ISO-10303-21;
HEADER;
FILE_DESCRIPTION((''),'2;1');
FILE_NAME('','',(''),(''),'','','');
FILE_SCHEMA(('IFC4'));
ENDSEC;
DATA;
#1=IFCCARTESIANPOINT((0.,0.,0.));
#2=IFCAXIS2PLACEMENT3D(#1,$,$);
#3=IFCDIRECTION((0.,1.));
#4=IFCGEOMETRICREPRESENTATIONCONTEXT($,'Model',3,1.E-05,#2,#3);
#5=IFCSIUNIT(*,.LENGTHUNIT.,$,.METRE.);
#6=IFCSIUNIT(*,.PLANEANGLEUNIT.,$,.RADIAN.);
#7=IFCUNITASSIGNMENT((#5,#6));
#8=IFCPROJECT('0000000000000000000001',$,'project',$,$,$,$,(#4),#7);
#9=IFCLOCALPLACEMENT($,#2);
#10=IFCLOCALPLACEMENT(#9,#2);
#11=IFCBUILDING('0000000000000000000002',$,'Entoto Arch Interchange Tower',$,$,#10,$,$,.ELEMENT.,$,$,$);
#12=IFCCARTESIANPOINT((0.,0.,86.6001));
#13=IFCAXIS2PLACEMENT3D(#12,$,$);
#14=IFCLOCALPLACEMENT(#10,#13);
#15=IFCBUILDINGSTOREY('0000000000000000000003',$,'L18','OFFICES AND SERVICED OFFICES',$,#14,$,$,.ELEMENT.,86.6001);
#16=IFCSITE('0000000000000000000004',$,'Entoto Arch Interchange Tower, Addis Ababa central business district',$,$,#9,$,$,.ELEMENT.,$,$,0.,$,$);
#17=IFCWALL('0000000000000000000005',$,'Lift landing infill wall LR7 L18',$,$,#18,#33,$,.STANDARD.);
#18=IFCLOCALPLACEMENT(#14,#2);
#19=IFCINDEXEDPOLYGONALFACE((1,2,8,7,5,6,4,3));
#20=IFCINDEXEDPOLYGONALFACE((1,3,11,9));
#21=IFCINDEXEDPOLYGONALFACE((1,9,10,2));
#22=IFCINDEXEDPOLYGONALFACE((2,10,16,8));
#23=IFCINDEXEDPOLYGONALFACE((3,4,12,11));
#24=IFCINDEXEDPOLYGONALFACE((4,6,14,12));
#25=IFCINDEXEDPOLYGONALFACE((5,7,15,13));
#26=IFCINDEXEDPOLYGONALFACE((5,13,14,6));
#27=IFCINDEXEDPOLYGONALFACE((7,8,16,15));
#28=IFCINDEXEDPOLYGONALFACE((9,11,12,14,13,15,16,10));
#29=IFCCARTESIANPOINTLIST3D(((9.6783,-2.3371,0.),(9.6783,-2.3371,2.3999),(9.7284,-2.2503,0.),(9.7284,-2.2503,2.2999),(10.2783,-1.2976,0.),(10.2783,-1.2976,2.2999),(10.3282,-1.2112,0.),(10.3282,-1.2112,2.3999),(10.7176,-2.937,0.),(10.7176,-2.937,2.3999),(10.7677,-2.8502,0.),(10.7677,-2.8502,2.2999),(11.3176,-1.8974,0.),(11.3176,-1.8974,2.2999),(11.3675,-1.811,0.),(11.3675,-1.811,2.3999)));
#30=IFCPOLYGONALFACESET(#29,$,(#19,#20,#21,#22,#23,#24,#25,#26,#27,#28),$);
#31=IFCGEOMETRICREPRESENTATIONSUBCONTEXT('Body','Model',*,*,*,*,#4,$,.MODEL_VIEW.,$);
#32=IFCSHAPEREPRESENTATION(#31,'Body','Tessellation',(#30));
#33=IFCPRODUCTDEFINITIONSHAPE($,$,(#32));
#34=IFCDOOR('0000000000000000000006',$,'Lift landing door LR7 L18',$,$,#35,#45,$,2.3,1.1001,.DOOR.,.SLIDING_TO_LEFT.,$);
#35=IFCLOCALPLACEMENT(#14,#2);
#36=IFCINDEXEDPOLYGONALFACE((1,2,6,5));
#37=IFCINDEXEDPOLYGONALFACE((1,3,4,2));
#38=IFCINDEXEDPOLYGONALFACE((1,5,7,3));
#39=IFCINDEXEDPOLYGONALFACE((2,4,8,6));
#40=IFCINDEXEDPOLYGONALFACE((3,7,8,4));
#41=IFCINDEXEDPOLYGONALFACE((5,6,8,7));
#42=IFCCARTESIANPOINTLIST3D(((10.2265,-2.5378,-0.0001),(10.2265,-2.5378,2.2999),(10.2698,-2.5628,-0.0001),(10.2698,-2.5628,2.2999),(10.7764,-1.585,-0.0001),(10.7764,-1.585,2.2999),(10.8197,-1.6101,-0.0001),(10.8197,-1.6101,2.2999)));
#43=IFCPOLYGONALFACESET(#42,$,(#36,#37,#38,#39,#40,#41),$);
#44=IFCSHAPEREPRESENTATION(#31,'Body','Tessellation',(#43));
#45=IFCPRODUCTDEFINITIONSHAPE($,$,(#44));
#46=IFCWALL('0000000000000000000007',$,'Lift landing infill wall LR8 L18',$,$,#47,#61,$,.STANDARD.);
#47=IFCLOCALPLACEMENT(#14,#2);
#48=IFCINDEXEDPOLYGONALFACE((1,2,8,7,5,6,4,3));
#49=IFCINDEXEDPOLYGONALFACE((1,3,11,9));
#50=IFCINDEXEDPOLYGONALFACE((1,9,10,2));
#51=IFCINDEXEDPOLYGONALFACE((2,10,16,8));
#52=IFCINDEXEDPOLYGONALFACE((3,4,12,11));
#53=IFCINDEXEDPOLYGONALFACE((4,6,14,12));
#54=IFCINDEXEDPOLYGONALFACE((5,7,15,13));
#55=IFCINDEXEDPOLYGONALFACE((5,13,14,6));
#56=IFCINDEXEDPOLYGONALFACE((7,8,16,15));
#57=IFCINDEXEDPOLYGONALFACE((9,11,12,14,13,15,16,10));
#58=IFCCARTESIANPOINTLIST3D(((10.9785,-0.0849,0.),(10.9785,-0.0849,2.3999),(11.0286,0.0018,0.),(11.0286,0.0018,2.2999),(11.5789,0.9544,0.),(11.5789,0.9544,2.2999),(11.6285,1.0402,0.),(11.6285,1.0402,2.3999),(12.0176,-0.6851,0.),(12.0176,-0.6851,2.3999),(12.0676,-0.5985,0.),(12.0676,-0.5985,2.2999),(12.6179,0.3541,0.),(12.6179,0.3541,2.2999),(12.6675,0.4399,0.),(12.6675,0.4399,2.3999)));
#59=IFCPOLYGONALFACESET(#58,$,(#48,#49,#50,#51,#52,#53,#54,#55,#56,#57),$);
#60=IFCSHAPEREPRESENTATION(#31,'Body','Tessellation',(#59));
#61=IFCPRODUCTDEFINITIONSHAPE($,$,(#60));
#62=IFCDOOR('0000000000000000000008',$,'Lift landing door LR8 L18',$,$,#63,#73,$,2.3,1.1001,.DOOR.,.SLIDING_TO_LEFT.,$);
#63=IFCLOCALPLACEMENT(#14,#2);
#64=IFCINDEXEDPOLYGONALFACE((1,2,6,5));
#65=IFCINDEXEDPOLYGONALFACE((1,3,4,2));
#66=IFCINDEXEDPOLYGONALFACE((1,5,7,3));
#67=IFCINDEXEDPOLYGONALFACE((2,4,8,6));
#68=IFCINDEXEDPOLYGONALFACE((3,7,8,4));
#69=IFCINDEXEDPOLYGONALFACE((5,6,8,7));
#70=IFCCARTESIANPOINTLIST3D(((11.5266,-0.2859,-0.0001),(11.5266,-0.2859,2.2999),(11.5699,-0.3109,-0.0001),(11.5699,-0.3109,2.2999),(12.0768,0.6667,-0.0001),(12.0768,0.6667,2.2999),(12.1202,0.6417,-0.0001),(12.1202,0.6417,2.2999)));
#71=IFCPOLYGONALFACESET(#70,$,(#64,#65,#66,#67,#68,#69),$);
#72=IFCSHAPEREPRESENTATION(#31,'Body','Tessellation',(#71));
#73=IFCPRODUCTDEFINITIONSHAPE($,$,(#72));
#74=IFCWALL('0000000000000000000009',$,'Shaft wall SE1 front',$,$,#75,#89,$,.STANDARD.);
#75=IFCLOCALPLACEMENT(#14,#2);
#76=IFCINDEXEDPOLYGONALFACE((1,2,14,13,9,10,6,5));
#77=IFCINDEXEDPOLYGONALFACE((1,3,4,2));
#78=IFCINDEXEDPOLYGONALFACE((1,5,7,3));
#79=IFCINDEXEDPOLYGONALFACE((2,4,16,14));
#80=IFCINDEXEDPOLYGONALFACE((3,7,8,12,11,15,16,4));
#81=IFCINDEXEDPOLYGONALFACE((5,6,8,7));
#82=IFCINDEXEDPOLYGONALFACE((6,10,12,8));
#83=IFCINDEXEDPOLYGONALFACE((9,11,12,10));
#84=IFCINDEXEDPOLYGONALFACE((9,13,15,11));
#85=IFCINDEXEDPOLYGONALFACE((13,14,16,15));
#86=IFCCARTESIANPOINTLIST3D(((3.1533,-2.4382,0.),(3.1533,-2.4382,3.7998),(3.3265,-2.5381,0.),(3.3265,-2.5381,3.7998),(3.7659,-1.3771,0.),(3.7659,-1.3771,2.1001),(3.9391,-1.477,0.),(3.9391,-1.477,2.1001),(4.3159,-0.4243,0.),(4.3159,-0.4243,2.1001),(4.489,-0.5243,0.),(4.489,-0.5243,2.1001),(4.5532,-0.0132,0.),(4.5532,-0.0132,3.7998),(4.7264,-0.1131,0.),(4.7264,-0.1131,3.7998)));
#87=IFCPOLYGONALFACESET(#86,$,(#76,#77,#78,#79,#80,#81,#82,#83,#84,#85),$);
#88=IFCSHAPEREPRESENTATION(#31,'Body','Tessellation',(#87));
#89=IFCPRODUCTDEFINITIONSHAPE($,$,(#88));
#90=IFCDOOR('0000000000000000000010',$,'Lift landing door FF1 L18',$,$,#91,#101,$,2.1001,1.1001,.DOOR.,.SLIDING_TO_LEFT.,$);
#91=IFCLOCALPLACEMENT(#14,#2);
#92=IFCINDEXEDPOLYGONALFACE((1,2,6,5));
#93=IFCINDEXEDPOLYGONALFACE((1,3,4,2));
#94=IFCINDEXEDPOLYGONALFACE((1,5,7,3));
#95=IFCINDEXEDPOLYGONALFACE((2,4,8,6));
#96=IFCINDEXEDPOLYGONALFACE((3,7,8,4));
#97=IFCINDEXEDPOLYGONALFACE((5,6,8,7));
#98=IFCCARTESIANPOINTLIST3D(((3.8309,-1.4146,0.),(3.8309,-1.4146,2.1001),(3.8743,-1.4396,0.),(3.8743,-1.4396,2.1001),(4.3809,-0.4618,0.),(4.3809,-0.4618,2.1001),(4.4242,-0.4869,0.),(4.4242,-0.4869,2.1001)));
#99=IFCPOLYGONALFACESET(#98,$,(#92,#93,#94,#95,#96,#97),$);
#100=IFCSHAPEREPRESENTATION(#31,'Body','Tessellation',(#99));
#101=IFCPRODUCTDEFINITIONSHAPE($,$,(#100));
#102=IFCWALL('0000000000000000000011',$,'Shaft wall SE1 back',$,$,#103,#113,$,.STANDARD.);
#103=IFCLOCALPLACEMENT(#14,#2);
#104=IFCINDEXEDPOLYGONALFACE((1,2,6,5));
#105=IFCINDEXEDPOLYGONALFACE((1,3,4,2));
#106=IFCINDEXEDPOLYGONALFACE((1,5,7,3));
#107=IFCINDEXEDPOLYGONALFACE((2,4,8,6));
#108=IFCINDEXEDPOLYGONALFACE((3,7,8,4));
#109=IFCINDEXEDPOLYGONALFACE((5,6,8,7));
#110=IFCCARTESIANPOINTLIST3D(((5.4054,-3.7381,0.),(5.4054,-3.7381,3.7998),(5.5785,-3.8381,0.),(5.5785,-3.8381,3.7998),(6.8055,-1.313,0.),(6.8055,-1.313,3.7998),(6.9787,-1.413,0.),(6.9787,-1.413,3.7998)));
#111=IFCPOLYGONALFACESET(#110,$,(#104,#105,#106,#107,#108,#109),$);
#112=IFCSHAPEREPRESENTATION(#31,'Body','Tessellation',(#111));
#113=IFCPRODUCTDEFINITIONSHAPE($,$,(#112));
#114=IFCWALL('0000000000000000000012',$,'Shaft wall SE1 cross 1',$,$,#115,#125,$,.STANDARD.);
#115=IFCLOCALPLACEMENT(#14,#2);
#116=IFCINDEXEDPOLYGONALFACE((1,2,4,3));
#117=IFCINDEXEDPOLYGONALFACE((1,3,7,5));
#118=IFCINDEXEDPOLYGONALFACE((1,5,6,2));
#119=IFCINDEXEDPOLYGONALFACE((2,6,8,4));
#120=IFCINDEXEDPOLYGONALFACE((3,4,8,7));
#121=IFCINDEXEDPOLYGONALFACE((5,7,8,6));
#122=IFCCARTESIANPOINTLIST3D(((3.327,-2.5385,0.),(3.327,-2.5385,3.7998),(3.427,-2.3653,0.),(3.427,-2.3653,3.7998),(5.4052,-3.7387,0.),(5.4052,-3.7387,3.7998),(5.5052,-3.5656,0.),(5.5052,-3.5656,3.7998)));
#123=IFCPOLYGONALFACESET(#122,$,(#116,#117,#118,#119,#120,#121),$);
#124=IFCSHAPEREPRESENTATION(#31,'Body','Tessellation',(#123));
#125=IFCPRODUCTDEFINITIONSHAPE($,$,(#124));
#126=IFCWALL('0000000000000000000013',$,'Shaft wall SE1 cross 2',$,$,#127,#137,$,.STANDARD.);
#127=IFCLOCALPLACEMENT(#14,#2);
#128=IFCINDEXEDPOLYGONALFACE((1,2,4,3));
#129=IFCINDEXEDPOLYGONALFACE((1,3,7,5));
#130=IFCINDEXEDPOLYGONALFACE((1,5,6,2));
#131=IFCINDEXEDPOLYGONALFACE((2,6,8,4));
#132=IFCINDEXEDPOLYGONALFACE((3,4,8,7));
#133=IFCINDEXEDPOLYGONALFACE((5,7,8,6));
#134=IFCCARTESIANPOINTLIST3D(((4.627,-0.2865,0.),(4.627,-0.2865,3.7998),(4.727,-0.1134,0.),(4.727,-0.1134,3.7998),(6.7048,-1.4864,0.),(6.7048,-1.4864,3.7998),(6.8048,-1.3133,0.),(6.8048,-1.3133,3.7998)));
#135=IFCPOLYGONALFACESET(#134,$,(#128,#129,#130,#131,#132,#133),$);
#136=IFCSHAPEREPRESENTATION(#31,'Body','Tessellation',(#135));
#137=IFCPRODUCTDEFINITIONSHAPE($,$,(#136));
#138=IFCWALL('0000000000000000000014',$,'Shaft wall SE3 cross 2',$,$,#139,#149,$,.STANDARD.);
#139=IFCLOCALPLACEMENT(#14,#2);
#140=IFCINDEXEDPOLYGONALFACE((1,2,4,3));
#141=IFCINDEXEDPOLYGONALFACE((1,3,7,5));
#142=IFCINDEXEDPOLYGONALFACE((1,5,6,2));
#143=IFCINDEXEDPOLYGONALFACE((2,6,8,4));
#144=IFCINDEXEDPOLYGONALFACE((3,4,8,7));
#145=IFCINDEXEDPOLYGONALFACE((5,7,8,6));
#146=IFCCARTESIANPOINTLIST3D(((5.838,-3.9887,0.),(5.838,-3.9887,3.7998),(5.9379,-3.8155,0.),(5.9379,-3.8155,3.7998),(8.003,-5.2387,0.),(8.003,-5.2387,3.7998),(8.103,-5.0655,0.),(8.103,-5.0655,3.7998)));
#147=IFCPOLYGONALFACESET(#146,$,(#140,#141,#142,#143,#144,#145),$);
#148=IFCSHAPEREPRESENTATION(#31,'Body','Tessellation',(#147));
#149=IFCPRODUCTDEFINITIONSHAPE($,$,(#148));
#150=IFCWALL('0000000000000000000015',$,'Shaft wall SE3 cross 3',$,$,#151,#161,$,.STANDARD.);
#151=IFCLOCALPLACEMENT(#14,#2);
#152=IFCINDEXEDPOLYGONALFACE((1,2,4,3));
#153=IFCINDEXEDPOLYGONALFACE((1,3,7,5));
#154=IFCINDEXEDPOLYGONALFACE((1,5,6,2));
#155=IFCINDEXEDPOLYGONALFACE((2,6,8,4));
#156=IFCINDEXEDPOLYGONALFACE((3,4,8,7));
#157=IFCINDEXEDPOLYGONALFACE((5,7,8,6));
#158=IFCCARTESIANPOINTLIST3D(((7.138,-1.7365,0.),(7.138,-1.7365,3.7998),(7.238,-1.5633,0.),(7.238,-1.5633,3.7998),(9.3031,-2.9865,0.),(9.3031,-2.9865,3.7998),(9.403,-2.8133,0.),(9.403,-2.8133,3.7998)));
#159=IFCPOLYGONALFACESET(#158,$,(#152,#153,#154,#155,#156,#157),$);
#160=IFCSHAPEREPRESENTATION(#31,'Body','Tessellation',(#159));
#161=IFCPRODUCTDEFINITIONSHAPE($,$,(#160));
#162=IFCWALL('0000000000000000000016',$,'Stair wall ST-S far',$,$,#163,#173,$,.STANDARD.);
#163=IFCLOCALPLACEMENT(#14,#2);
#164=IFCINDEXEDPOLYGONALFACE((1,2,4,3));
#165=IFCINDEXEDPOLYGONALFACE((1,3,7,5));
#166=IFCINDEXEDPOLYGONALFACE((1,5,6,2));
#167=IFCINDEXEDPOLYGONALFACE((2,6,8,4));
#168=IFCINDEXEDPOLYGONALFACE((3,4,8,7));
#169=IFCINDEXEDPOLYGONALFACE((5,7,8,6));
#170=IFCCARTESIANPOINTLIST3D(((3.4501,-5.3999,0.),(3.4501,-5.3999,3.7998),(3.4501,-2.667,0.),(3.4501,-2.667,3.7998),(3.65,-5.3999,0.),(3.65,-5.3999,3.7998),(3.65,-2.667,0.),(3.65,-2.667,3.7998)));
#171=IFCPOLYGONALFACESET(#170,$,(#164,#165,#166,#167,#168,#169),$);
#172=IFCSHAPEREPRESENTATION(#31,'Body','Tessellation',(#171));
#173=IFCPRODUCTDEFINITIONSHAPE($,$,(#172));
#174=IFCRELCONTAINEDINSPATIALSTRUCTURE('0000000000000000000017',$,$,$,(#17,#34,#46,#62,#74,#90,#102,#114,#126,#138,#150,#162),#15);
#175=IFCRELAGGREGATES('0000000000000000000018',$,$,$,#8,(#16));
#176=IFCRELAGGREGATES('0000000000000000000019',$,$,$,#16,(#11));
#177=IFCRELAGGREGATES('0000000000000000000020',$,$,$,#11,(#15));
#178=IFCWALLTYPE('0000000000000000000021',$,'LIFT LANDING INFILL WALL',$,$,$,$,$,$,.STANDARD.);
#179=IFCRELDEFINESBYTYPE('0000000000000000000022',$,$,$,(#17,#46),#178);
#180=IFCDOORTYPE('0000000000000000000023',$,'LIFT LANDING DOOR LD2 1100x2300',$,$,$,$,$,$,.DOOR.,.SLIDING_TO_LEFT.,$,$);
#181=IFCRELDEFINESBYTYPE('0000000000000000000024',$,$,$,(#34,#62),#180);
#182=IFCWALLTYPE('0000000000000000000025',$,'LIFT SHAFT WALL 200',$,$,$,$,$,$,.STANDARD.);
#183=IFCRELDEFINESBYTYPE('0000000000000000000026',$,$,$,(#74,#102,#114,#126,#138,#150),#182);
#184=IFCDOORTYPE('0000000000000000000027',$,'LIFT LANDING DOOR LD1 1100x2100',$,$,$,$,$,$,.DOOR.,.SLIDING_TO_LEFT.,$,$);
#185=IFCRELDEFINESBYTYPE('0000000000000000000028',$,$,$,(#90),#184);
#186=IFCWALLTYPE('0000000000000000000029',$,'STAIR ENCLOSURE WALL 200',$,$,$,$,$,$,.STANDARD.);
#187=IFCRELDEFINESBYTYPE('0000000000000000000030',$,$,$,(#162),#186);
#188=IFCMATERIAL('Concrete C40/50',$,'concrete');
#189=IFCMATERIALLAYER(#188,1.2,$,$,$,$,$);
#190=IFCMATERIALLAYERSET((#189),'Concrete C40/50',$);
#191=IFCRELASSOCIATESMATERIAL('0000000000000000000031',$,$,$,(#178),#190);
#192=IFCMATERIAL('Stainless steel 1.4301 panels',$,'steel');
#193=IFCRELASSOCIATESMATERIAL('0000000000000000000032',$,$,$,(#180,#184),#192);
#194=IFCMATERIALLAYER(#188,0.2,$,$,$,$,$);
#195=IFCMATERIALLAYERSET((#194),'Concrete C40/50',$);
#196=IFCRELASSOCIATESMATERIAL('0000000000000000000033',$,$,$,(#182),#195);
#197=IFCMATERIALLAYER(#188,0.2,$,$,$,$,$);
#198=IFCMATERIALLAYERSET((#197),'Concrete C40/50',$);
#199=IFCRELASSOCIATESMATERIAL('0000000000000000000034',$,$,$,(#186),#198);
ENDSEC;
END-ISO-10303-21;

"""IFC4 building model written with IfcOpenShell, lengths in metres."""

from ifc_helpers import new_model, si_unit, direction, frame, frame_2d, origin, place, context, subcontext, project, spatial, rectangle, extrude, material, layer, layer_set, type_object, element, fill, save


model = new_model("IFC4")

# Units and contexts
model_context = context("Model", 3, precision=1e-05, world=origin(), true_north=direction((0.0, 1.0)))
body_context = subcontext(model_context, "Body", "Model", "MODEL_VIEW")
ifc_project = project(units=[si_unit("LENGTHUNIT", "METRE"), si_unit("PLANEANGLEUNIT", "RADIAN")], contexts=[model_context])

# Site, building, storey
site_placement = place(None, origin())
site = spatial("IfcSite", under=ifc_project, at=site_placement, Name="Entoto Arch Interchange Tower, Addis Ababa central business district", CompositionType="ELEMENT", RefElevation=0.0)
building_placement = place(site_placement, origin())
building = spatial("IfcBuilding", under=site, at=building_placement, Name="Entoto Arch Interchange Tower", CompositionType="ELEMENT")
storey_placement = place(building_placement, frame((0.0, 0.0, 86.6001)))
storey = spatial("IfcBuildingStorey", under=building, at=storey_placement, Name="L18", Description="OFFICES AND SERVICED OFFICES", CompositionType="ELEMENT", Elevation=86.6001)

# Walls, openings, doors
ifc_material_1 = material(Name="Concrete C40/50", Category="concrete")
ifc_layer_1 = layer(ifc_material_1, 1.2)
ifc_layer_set_1 = layer_set([ifc_layer_1], Name="Concrete C40/50")
wall_type_1 = type_object("IfcWallType", Name="LIFT LANDING INFILL WALL", PredefinedType="STANDARD", material=ifc_layer_set_1)
ifc_material_2 = material(Name="Stainless steel 1.4301 panels", Category="steel")
door_type_1 = type_object("IfcDoorType", Name="LIFT LANDING DOOR LD2 1100x2300", OperationType="SLIDING_TO_LEFT", PredefinedType="DOOR", material=ifc_material_2)
wall_1_placement = place(storey_placement, frame((10.198, -2.637, 0.0), z_axis=(0.0, 0.0, 1.0), x_axis=(0.499896, 0.866086, 0.0)))
wall_1 = element("IfcWall", 1, at=wall_1_placement, inside=storey, type_object=wall_type_1, Name="Lift landing infill wall LR7 L18", PredefinedType="STANDARD", context=body_context, shape_type="SweptSolid", body=[
    extrude(rectangle(XDim=1.3, YDim=1.2, at=frame_2d((0.6499, 0.0))), origin(), (0.0, 0.0, 1.0), 2.3999),
])
opening_1_placement = place(wall_1_placement, frame((0.1001, 0.0, 0.0)))
opening_1 = element("IfcOpeningElement", 2, at=opening_1_placement, cuts=wall_1, PredefinedType="OPENING", context=body_context, shape_type="SweptSolid", body=[
    extrude(rectangle(XDim=1.1001, YDim=2.3, at=frame_2d((0.55, 1.1499))), frame((0.0, 0.6099, 0.0), z_axis=(0.0, -1.0, 0.0), x_axis=(1.0, 0.0, 0.0)), (0.0, 0.0, 1.0), 1.22),
])
door_1_placement = place(opening_1_placement, origin())
door_1 = element("IfcDoor", 3, at=door_1_placement, inside=storey, type_object=door_type_1, Name="Lift landing door LR7 L18", OperationType="SLIDING_TO_LEFT", OverallHeight=2.3, OverallWidth=1.1001, PredefinedType="DOOR", context=body_context, shape_type="SweptSolid", body=[
    extrude(rectangle(XDim=1.1001, YDim=2.3, at=frame_2d((0.55, 1.1499))), frame((0.0, 0.0249, 0.0), z_axis=(0.0, -1.0, 0.0), x_axis=(1.0, 0.0, 0.0)), (0.0, 0.0, 1.0), 0.05),
])
fill(opening_1, door_1)
wall_2_placement = place(storey_placement, frame((11.498, -0.385, 0.0), z_axis=(0.0, 0.0, 1.0), x_axis=(0.500221, 0.865898, 0.0)))
wall_2 = element("IfcWall", 4, at=wall_2_placement, inside=storey, type_object=wall_type_1, Name="Lift landing infill wall LR8 L18", PredefinedType="STANDARD", context=body_context, shape_type="SweptSolid", body=[
    extrude(rectangle(XDim=1.2993, YDim=1.2, at=frame_2d((0.6497, 0.0))), origin(), (0.0, 0.0, 1.0), 2.3999),
])
opening_2_placement = place(wall_2_placement, frame((0.1001, 0.0, 0.0)))
opening_2 = element("IfcOpeningElement", 5, at=opening_2_placement, cuts=wall_2, PredefinedType="OPENING", context=body_context, shape_type="SweptSolid", body=[
    extrude(rectangle(XDim=1.1001, YDim=2.3, at=frame_2d((0.55, 1.1499))), frame((0.0, 0.6099, 0.0), z_axis=(0.0, -1.0, 0.0), x_axis=(1.0, 0.0, 0.0)), (0.0, 0.0, 1.0), 1.22),
])
door_2_placement = place(opening_2_placement, origin())
door_2 = element("IfcDoor", 6, at=door_2_placement, inside=storey, type_object=door_type_1, Name="Lift landing door LR8 L18", OperationType="SLIDING_TO_LEFT", OverallHeight=2.3, OverallWidth=1.1001, PredefinedType="DOOR", context=body_context, shape_type="SweptSolid", body=[
    extrude(rectangle(XDim=1.1001, YDim=2.3, at=frame_2d((0.55, 1.1499))), frame((0.0, 0.0249, 0.0), z_axis=(0.0, -1.0, 0.0), x_axis=(1.0, 0.0, 0.0)), (0.0, 0.0, 1.0), 0.05),
])
fill(opening_2, door_2)
ifc_layer_2 = layer(ifc_material_1, 0.2)
ifc_layer_set_2 = layer_set([ifc_layer_2], Name="Concrete C40/50")
wall_type_2 = type_object("IfcWallType", Name="LIFT SHAFT WALL 200", PredefinedType="STANDARD", material=ifc_layer_set_2)
wall_3_placement = place(storey_placement, frame((3.24, -2.488, 0.0), z_axis=(0.0, 0.0, 1.0), x_axis=(0.499946, 0.866056, 0.0)))
wall_3 = element("IfcWall", 7, at=wall_3_placement, inside=storey, type_object=wall_type_2, Name="Shaft wall SE1 front", PredefinedType="STANDARD", context=body_context, shape_type="SweptSolid", body=[
    extrude(rectangle(XDim=2.8, YDim=0.2, at=frame_2d((1.3999, 0.0))), origin(), (0.0, 0.0, 1.0), 3.7998),
])
opening_3_placement = place(wall_3_placement, frame((1.2251, 0.0, 0.0)))
opening_3 = element("IfcOpeningElement", 8, at=opening_3_placement, cuts=wall_3, PredefinedType="OPENING", context=body_context, shape_type="SweptSolid", body=[
    extrude(rectangle(XDim=1.1001, YDim=2.1001, at=frame_2d((0.55, 1.05))), frame((0.0, 0.1099, 0.0), z_axis=(0.0, -1.0, 0.0), x_axis=(1.0, 0.0, 0.0)), (0.0, 0.0, 1.0), 0.22),
])
door_type_2 = type_object("IfcDoorType", Name="LIFT LANDING DOOR LD1 1100x2100", OperationType="SLIDING_TO_LEFT", PredefinedType="DOOR", material=ifc_material_2)
door_3_placement = place(opening_3_placement, origin())
door_3 = element("IfcDoor", 9, at=door_3_placement, inside=storey, type_object=door_type_2, Name="Lift landing door FF1 L18", OperationType="SLIDING_TO_LEFT", OverallHeight=2.1001, OverallWidth=1.1001, PredefinedType="DOOR", context=body_context, shape_type="SweptSolid", body=[
    extrude(rectangle(XDim=1.1001, YDim=2.1001, at=frame_2d((0.55, 1.05))), frame((0.0, 0.0249, 0.0), z_axis=(0.0, -1.0, 0.0), x_axis=(1.0, 0.0, 0.0)), (0.0, 0.0, 1.0), 0.05),
])
fill(opening_3, door_3)

# Walls
wall_4_placement = place(storey_placement, frame((5.4919, -3.7881, 0.0), z_axis=(0.0, 0.0, 1.0), x_axis=(0.500012, 0.866019, 0.0)))
element("IfcWall", 10, at=wall_4_placement, inside=storey, type_object=wall_type_2, Name="Shaft wall SE1 back", PredefinedType="STANDARD", context=body_context, shape_type="SweptSolid", body=[
    extrude(rectangle(XDim=2.8003, YDim=0.2, at=frame_2d((1.4001, 0.0))), origin(), (0.0, 0.0, 1.0), 3.7998),
])
wall_5_placement = place(storey_placement, frame((3.377, -2.4519, 0.0), z_axis=(0.0, 0.0, 1.0), x_axis=(0.865955, -0.500122, 0.0)))
element("IfcWall", 11, at=wall_5_placement, inside=storey, type_object=wall_type_2, Name="Shaft wall SE1 cross 1", PredefinedType="STANDARD", context=body_context, shape_type="SweptSolid", body=[
    extrude(rectangle(XDim=2.3999, YDim=0.2, at=frame_2d((1.2, 0.0))), origin(), (0.0, 0.0, 1.0), 3.7998),
])
wall_6_placement = place(storey_placement, frame((4.677, -0.2, 0.0), z_axis=(0.0, 0.0, 1.0), x_axis=(0.865974, -0.500089, 0.0)))
element("IfcWall", 12, at=wall_6_placement, inside=storey, type_object=wall_type_2, Name="Shaft wall SE1 cross 2", PredefinedType="STANDARD", context=body_context, shape_type="SweptSolid", body=[
    extrude(rectangle(XDim=2.3994, YDim=0.2, at=frame_2d((1.1997, 0.0))), origin(), (0.0, 0.0, 1.0), 3.7998),
])
for number, where, z_axis, x_axis, name in (
    (13, (5.8879, -3.9021, 0.0), (0.0, 0.0, 1.0), (0.866023, -0.500004, 0.0), "Shaft wall SE3 cross 2"),
    (14, (7.188, -1.6499, 0.0), (0.0, 0.0, 1.0), (0.866023, -0.500004, 0.0), "Shaft wall SE3 cross 3"),
):
    element("IfcWall", number, at=place(storey_placement, frame(where, z_axis=z_axis, x_axis=x_axis)), inside=storey, type_object=wall_type_2, Name=name, PredefinedType="STANDARD", context=body_context, shape_type="SweptSolid", body=[
        extrude(rectangle(XDim=2.5, YDim=0.2, at=frame_2d((1.25, 0.0))), origin(), (0.0, 0.0, 1.0), 3.7998),
    ])
ifc_layer_3 = layer(ifc_material_1, 0.2)
ifc_layer_set_3 = layer_set([ifc_layer_3], Name="Concrete C40/50")
wall_type_3 = type_object("IfcWallType", Name="STAIR ENCLOSURE WALL 200", PredefinedType="STANDARD", material=ifc_layer_set_3)
wall_7_placement = place(storey_placement, frame((3.55, -2.667, 0.0), z_axis=(0.0, 0.0, 1.0), x_axis=(0.0, -1.0, 0.0)))
element("IfcWall", 15, at=wall_7_placement, inside=storey, type_object=wall_type_3, Name="Stair wall ST-S far", PredefinedType="STANDARD", context=body_context, shape_type="SweptSolid", body=[
    extrude(rectangle(XDim=2.7329, YDim=0.2, at=frame_2d((1.3665, 0.0))), origin(), (0.0, 0.0, 1.0), 3.7998),
])

save(model, "model.ifc")
